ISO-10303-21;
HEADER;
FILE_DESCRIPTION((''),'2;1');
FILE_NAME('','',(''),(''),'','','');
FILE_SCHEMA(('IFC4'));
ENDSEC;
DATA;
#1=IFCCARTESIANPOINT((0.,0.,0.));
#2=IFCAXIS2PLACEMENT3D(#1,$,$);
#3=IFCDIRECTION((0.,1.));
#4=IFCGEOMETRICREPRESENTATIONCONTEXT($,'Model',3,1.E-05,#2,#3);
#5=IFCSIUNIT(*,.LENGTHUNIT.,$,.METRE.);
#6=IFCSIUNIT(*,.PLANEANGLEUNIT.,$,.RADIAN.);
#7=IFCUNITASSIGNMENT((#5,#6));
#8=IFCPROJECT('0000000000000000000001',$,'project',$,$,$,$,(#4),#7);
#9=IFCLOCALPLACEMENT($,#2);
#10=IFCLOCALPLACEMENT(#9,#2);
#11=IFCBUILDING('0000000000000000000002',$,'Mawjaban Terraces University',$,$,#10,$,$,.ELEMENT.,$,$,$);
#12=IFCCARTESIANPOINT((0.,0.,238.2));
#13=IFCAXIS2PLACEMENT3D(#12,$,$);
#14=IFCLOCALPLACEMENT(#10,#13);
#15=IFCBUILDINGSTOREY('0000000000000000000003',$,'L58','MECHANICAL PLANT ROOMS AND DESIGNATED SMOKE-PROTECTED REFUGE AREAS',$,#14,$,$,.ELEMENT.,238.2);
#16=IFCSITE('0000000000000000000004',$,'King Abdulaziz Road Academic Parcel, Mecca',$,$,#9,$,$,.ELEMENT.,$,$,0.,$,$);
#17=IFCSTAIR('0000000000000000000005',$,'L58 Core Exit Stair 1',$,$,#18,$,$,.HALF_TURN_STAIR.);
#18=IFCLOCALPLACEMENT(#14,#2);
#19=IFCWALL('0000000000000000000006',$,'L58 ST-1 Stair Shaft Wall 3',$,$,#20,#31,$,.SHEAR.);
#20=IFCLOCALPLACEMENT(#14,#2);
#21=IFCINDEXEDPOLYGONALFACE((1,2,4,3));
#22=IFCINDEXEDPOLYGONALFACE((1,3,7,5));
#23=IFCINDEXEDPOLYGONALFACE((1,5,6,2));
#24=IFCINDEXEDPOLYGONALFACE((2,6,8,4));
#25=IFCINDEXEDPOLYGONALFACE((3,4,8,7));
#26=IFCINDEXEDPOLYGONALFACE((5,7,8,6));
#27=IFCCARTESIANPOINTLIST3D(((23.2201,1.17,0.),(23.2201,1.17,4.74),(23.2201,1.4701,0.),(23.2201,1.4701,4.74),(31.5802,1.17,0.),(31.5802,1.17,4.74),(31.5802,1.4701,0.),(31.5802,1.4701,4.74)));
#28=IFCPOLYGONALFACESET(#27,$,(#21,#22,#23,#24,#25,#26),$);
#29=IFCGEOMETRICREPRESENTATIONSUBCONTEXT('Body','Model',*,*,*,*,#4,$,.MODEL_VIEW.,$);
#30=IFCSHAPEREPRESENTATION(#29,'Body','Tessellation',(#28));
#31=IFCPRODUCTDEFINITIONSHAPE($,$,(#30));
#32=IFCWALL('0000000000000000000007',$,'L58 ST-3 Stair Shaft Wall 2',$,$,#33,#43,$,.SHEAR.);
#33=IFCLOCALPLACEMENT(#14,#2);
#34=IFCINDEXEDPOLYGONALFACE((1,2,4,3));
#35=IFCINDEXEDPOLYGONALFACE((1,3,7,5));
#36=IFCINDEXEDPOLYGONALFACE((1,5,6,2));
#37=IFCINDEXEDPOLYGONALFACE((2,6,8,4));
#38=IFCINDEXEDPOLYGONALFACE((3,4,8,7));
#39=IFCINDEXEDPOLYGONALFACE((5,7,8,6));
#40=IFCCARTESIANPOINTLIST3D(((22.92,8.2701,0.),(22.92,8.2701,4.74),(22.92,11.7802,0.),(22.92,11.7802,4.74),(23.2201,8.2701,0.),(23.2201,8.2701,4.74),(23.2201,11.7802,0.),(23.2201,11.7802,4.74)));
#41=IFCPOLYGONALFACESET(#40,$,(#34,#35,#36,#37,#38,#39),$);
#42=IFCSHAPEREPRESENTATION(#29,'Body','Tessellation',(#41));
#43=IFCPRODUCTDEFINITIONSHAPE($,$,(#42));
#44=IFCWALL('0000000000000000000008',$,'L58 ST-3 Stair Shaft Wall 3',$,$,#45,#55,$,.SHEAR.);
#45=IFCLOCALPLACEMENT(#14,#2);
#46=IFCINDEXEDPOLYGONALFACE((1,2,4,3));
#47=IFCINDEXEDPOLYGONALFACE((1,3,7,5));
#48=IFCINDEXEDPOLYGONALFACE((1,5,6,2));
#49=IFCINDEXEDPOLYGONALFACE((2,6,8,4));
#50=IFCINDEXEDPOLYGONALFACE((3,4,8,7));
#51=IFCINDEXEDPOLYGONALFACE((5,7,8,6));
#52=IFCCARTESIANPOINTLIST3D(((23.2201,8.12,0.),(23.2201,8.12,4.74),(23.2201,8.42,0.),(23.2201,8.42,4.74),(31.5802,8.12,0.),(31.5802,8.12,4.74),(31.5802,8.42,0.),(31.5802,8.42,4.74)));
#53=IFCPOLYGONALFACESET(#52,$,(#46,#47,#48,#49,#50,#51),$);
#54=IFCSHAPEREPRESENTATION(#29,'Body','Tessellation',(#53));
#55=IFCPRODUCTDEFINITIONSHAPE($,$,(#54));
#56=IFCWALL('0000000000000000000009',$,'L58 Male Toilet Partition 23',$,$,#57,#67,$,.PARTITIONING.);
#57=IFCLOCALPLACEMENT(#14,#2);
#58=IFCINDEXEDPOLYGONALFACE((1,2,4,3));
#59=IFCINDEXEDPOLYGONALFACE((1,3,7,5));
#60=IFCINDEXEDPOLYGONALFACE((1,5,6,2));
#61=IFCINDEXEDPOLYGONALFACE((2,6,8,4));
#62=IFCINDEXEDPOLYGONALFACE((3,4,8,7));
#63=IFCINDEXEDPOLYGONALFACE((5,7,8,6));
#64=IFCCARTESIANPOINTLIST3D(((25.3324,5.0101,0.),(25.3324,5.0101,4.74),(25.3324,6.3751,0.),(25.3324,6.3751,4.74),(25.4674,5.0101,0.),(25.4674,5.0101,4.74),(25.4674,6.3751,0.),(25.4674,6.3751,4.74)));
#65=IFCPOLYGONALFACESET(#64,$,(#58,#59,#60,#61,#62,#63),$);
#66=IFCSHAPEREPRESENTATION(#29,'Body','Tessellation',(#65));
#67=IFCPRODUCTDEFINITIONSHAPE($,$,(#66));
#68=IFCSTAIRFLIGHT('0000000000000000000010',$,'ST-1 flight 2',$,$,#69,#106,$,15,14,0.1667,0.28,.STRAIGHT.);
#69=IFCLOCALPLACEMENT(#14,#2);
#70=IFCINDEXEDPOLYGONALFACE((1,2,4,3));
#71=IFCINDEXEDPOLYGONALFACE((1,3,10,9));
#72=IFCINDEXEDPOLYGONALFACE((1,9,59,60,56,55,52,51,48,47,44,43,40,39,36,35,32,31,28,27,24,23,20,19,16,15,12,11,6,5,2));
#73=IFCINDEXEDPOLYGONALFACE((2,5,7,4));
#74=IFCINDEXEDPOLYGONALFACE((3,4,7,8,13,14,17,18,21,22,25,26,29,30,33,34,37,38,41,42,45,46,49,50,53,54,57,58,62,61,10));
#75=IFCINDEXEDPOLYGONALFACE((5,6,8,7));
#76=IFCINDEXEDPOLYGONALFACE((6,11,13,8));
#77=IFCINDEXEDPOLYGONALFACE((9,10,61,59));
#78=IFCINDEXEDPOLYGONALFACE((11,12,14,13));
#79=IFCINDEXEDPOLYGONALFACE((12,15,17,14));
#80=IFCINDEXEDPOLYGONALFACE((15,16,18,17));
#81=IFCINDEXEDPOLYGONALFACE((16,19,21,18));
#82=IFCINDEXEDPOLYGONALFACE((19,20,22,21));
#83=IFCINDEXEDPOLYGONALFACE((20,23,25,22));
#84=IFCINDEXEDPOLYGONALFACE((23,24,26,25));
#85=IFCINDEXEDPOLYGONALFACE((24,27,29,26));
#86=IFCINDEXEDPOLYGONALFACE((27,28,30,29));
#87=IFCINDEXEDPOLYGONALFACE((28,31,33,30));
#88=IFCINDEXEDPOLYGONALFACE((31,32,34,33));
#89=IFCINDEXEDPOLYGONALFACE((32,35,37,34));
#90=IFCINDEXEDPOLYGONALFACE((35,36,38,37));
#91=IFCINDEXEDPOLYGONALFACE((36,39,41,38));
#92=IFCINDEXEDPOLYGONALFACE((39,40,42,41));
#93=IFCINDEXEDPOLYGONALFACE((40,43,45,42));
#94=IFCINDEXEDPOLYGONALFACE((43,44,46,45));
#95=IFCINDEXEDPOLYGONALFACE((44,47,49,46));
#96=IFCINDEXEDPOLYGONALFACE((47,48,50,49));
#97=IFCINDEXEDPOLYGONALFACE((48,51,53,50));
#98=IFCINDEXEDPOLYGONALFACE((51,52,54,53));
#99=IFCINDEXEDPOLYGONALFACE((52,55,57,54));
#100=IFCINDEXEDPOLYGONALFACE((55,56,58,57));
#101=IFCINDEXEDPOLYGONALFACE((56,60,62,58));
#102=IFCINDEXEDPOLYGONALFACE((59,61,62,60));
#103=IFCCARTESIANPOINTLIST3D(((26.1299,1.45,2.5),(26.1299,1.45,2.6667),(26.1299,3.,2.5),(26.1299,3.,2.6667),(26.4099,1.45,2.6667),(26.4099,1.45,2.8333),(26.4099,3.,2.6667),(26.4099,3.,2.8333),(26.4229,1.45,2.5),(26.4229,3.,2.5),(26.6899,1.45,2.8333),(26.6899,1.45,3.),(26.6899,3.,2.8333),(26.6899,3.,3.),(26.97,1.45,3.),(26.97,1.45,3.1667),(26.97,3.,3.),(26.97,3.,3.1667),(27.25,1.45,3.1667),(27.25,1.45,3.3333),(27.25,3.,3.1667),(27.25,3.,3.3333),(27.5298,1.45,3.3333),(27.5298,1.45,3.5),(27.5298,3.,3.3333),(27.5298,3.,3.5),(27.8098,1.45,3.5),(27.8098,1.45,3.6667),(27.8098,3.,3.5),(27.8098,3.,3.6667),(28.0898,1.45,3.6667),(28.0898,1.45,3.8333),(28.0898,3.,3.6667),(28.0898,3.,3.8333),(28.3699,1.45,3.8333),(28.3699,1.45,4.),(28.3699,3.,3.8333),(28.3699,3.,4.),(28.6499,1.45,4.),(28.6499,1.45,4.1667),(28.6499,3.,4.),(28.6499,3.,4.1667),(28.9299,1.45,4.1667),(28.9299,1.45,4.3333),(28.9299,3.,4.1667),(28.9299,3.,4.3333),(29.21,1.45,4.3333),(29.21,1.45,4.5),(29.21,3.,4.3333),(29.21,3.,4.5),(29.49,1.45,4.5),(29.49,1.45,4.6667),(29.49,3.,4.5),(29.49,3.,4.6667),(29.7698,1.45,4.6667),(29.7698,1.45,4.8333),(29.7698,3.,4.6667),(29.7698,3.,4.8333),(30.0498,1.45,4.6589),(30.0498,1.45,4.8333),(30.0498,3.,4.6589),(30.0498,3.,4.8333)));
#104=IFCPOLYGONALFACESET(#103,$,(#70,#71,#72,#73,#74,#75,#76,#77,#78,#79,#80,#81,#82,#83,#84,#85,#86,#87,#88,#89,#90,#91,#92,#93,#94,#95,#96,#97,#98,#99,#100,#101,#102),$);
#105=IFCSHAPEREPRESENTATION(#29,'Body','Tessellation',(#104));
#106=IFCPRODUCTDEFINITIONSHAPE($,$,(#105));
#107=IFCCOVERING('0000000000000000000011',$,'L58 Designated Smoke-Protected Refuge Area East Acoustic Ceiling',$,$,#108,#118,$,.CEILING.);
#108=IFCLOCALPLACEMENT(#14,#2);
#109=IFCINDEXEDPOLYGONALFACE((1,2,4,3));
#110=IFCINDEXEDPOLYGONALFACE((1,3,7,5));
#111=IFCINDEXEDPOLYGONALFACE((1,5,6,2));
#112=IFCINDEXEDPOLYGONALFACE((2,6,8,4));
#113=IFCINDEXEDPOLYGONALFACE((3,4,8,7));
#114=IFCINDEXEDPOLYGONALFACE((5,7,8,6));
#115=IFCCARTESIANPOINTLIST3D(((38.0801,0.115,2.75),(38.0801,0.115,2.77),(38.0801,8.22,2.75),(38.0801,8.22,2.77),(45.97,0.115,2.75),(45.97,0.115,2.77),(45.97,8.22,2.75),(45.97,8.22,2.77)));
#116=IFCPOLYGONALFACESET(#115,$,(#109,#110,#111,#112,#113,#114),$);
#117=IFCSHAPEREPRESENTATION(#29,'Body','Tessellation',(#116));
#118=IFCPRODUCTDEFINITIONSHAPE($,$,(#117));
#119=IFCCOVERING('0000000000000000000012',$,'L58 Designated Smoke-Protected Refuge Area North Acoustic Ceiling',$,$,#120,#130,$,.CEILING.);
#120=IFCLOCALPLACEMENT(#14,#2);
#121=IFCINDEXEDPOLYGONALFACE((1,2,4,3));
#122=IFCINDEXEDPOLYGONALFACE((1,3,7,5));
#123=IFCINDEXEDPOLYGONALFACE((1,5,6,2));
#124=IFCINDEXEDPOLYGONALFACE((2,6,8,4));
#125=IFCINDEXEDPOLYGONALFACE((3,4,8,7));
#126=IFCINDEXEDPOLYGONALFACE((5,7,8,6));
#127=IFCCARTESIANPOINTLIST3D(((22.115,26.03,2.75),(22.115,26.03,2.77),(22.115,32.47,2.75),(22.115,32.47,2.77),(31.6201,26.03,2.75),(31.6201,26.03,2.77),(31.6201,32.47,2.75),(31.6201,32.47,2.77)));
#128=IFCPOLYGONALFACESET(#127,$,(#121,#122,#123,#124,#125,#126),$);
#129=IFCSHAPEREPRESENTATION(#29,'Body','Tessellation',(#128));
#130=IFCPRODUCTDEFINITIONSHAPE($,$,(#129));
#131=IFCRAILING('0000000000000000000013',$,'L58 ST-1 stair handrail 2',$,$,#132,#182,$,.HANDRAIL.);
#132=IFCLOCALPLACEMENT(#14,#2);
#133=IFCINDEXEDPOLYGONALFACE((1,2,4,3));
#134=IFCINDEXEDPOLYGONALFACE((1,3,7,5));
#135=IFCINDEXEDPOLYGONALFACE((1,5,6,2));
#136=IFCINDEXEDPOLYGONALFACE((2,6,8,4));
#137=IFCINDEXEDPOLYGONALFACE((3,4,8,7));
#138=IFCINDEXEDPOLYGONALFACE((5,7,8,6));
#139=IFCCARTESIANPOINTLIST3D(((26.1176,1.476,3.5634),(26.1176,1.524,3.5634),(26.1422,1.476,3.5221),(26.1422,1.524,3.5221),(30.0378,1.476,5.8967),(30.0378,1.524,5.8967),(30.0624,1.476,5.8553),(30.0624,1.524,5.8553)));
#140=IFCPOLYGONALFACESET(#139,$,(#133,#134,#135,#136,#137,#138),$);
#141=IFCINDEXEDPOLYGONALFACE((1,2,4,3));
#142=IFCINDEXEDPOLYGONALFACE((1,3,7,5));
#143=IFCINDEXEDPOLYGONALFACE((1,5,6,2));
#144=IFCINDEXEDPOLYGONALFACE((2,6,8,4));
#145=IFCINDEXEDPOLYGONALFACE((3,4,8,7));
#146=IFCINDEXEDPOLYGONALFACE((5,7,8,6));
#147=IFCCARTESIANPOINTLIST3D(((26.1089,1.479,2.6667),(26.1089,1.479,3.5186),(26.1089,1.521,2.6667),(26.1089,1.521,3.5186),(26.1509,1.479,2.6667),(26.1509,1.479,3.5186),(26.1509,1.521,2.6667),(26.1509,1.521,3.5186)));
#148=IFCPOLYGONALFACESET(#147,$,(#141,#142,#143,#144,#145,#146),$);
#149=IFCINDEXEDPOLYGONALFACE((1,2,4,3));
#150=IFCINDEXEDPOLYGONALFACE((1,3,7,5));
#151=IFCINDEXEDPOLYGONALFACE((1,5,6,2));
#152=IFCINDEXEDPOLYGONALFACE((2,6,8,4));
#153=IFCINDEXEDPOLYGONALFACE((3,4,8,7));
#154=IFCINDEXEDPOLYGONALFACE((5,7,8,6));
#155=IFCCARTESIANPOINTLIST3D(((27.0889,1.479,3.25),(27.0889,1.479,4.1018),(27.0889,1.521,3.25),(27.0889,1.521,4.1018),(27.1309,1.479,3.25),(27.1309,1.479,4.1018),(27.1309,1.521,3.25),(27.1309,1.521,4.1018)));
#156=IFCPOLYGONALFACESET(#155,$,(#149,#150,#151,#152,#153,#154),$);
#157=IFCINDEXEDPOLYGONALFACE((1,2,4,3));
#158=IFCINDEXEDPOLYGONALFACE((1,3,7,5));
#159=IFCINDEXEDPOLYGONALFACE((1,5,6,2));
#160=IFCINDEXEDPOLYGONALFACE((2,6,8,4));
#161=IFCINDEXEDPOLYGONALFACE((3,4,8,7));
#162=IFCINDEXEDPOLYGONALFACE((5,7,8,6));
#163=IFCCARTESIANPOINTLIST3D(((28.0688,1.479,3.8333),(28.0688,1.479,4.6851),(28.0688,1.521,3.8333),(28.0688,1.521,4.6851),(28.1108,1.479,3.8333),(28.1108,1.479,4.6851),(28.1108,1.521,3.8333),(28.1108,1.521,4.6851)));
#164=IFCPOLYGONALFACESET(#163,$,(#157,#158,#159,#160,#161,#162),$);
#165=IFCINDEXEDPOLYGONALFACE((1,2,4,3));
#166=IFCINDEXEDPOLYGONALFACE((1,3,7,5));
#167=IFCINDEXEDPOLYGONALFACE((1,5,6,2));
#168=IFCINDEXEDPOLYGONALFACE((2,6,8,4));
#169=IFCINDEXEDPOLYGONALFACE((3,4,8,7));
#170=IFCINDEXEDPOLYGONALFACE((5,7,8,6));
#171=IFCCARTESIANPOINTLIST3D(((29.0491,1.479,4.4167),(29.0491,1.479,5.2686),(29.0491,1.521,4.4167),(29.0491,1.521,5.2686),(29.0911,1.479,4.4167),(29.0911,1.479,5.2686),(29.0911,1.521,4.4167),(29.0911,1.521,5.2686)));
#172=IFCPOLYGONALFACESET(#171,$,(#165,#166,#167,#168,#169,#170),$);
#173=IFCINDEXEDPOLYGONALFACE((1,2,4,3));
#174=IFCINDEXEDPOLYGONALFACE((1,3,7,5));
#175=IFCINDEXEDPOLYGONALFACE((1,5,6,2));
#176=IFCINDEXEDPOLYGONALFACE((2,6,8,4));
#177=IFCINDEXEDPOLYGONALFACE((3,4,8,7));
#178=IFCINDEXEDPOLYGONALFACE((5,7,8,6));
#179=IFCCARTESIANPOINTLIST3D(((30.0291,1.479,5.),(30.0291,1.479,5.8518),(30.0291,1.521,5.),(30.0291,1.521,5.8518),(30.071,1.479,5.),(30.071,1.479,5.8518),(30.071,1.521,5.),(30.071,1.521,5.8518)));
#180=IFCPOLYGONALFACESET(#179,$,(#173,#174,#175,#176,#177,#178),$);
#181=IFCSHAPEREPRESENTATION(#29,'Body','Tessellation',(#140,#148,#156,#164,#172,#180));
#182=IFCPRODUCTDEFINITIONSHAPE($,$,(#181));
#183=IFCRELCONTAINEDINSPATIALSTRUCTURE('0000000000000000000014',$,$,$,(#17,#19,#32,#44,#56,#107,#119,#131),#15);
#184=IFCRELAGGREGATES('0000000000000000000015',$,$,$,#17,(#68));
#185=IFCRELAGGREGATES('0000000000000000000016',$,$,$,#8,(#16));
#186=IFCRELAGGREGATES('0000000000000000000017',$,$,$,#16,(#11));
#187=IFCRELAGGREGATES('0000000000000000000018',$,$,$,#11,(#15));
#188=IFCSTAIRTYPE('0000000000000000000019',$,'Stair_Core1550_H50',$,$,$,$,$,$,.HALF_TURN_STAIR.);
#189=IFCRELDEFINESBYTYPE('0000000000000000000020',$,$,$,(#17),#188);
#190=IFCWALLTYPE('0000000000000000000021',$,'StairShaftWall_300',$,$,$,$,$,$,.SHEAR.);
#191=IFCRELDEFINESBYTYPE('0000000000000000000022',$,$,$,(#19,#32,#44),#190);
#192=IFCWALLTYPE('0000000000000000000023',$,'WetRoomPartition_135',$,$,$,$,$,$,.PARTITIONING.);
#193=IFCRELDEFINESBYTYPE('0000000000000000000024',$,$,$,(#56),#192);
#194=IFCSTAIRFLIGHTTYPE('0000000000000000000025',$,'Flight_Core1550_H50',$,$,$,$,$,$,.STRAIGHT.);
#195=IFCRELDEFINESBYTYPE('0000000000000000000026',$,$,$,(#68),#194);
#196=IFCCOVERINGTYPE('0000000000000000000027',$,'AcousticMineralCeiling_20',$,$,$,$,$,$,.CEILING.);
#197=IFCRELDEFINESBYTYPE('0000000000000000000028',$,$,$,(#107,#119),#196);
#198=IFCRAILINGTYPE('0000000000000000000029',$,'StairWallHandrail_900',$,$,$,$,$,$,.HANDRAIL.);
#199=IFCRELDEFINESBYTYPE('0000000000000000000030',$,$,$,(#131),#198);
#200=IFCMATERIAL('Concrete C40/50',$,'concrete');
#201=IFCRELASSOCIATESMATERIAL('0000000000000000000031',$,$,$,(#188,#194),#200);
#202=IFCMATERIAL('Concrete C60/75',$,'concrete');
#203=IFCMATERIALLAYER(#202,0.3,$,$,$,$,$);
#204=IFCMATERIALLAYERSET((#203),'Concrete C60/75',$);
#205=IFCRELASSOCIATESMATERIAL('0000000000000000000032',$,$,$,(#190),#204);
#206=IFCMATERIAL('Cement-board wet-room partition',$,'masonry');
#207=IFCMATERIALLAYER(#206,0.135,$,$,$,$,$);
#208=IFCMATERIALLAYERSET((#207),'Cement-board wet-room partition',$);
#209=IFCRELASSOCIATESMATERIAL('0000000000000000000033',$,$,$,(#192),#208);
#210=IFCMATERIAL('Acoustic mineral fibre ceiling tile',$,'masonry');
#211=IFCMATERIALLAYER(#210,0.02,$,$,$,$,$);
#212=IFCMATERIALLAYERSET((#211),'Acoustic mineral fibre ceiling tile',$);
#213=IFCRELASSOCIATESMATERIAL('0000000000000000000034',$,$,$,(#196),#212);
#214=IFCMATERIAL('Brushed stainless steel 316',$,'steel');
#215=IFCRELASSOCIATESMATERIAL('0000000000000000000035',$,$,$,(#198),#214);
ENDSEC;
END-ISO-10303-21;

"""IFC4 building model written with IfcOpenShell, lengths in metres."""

from ifc_helpers import new_model, si_unit, direction, frame, frame_2d, origin, origin_2d, place, context, subcontext, project, spatial, polyline, rectangle, outline, extrude, material, layer, layer_set, type_object, element, aggregate, save


model = new_model("IFC4")

# Units and contexts
model_context = context("Model", 3, precision=1e-05, world=origin(), true_north=direction((0.0, 1.0)))
body_context = subcontext(model_context, "Body", "Model", "MODEL_VIEW")
ifc_project = project(units=[si_unit("LENGTHUNIT", "METRE"), si_unit("PLANEANGLEUNIT", "RADIAN")], contexts=[model_context])

# Site, building, storey
site_placement = place(None, origin())
site = spatial("IfcSite", under=ifc_project, at=site_placement, Name="King Abdulaziz Road Academic Parcel, Mecca", CompositionType="ELEMENT", RefElevation=0.0)
building_placement = place(site_placement, origin())
building = spatial("IfcBuilding", under=site, at=building_placement, Name="Mawjaban Terraces University", CompositionType="ELEMENT")
storey_placement = place(building_placement, frame((0.0, 0.0, 238.2)))
storey = spatial("IfcBuildingStorey", under=building, at=storey_placement, Name="L58", Description="MECHANICAL PLANT ROOMS AND DESIGNATED SMOKE-PROTECTED REFUGE AREAS", CompositionType="ELEMENT", Elevation=238.2)

# Shared definitions
ifc_material_1 = material(Name="Concrete C60/75", Category="concrete")

# Shared definitions
ifc_material_2 = material(Name="Concrete C40/50", Category="concrete")

# Stair
stair_type = type_object("IfcStairType", Name="Stair_Core1550_H50", PredefinedType="HALF_TURN_STAIR", material=ifc_material_2)
stair_1_placement = place(storey_placement, origin())
stair_1 = element("IfcStair", 1, at=stair_1_placement, inside=storey, type_object=stair_type, Name="L58 Core Exit Stair 1", PredefinedType="HALF_TURN_STAIR")

# Walls
ifc_layer_1 = layer(ifc_material_1, 0.3)
ifc_layer_set_1 = layer_set([ifc_layer_1], Name="Concrete C60/75")
wall_type_1 = type_object("IfcWallType", Name="StairShaftWall_300", PredefinedType="SHEAR", material=ifc_layer_set_1)
wall_1_placement = place(storey_placement, frame((23.22, 1.3201, 0.0), z_axis=(0.0, 0.0, 1.0), x_axis=(1.0, 0.0, 0.0)))
element("IfcWall", 2, at=wall_1_placement, inside=storey, type_object=wall_type_1, Name="L58 ST-1 Stair Shaft Wall 3", PredefinedType="SHEAR", context=body_context, shape_type="SweptSolid", body=[
    extrude(rectangle(XDim=8.3601, YDim=0.3, at=frame_2d((4.1802, 0.0))), origin(), (0.0, 0.0, 1.0), 4.74),
])
wall_2_placement = place(storey_placement, frame((23.0701, 11.78, 0.0), z_axis=(0.0, 0.0, 1.0), x_axis=(0.0, -1.0, 0.0)))
element("IfcWall", 3, at=wall_2_placement, inside=storey, type_object=wall_type_1, Name="L58 ST-3 Stair Shaft Wall 2", PredefinedType="SHEAR", context=body_context, shape_type="SweptSolid", body=[
    extrude(rectangle(XDim=3.51, YDim=0.3, at=frame_2d((1.7549, 0.0))), origin(), (0.0, 0.0, 1.0), 4.74),
])
wall_3_placement = place(storey_placement, frame((23.22, 8.27, 0.0), z_axis=(0.0, 0.0, 1.0), x_axis=(1.0, 0.0, 0.0)))
element("IfcWall", 4, at=wall_3_placement, inside=storey, type_object=wall_type_1, Name="L58 ST-3 Stair Shaft Wall 3", PredefinedType="SHEAR", context=body_context, shape_type="SweptSolid", body=[
    extrude(rectangle(XDim=8.3601, YDim=0.3, at=frame_2d((4.1802, 0.0))), origin(), (0.0, 0.0, 1.0), 4.74),
])
ifc_material_3 = material(Name="Cement-board wet-room partition", Category="masonry")
ifc_layer_2 = layer(ifc_material_3, 0.135)
ifc_layer_set_2 = layer_set([ifc_layer_2], Name="Cement-board wet-room partition")
wall_type_2 = type_object("IfcWallType", Name="WetRoomPartition_135", PredefinedType="PARTITIONING", material=ifc_layer_set_2)
wall_4_placement = place(storey_placement, frame((25.3999, 5.01, 0.0), z_axis=(0.0, 0.0, 1.0), x_axis=(0.0, 1.0, 0.0)))
element("IfcWall", 5, at=wall_4_placement, inside=storey, type_object=wall_type_2, Name="L58 Male Toilet Partition 23", PredefinedType="PARTITIONING", context=body_context, shape_type="SweptSolid", body=[
    extrude(rectangle(XDim=1.365, YDim=0.135, at=frame_2d((0.6826, 0.0))), origin(), (0.0, 0.0, 1.0), 4.74),
])

# Stair flight
stair_flight_type = type_object("IfcStairFlightType", Name="Flight_Core1550_H50", PredefinedType="STRAIGHT", material=ifc_material_2)
stair_flight_placement = place(storey_placement, frame((26.1299, 2.2251, 2.5), z_axis=(0.0, 0.0, 1.0), x_axis=(1.0, 0.0, 0.0)))
stair_flight = element("IfcStairFlight", 6, at=stair_flight_placement, type_object=stair_flight_type, Name="ST-1 flight 2", NumberOfRisers=15, NumberOfTreads=14, PredefinedType="STRAIGHT", RiserHeight=0.1667, TreadLength=0.28, context=body_context, shape_type="SweptSolid", body=[
    extrude(outline(polyline([(0.0, 0.0), (0.0, 0.1667), (0.28, 0.1667), (0.28, 0.3333), (0.5601, 0.3333), (0.5601, 0.5), (0.8401, 0.5), (0.8401, 0.6667), (1.1201, 0.6667), (1.1201, 0.8333), (1.3999, 0.8333), (1.3999, 1.0), (1.6799, 1.0), (1.6799, 1.1667), (1.96, 1.1667), (1.96, 1.3333), (2.24, 1.3333), (2.24, 1.5), (2.52, 1.5), (2.52, 1.6667), (2.8, 1.6667), (2.8, 1.8333), (3.0801, 1.8333), (3.0801, 2.0), (3.3601, 2.0), (3.3601, 2.1667), (3.6399, 2.1667), (3.6399, 2.3333), (3.9199, 2.3333), (3.9199, 2.5), (3.9199, 2.1589), (0.293, 0.0), (0.0, 0.0)])), frame((0.0, 0.7749, 0.0), z_axis=(0.0, -1.0, 0.0), x_axis=(1.0, 0.0, 0.0)), (0.0, 0.0, 1.0), 1.55),
])
aggregate(stair_1, [stair_flight])

# Coverings
ifc_material_4 = material(Name="Acoustic mineral fibre ceiling tile", Category="masonry")
ifc_layer_3 = layer(ifc_material_4, 0.02)
ifc_layer_set_3 = layer_set([ifc_layer_3], Name="Acoustic mineral fibre ceiling tile")
covering_type = type_object("IfcCoveringType", Name="AcousticMineralCeiling_20", PredefinedType="CEILING", material=ifc_layer_set_3)
covering_1_placement = place(storey_placement, frame((0.0, 0.0, 2.75)))
element("IfcCovering", 7, at=covering_1_placement, inside=storey, type_object=covering_type, Name="L58 Designated Smoke-Protected Refuge Area East Acoustic Ceiling", PredefinedType="CEILING", context=body_context, shape_type="SweptSolid", body=[
    extrude(outline(polyline([(38.0801, 0.115), (45.97, 0.115), (45.97, 8.22), (38.0801, 8.22), (38.0801, 0.115)])), origin(), (0.0, 0.0, 1.0), 0.02),
])
covering_2_placement = place(storey_placement, frame((0.0, 0.0, 2.75)))
element("IfcCovering", 8, at=covering_2_placement, inside=storey, type_object=covering_type, Name="L58 Designated Smoke-Protected Refuge Area North Acoustic Ceiling", PredefinedType="CEILING", context=body_context, shape_type="SweptSolid", body=[
    extrude(outline(polyline([(22.115, 26.03), (31.6201, 26.03), (31.6201, 32.47), (22.115, 32.47), (22.115, 26.03)])), origin(), (0.0, 0.0, 1.0), 0.02),
])

# Railing
ifc_material_5 = material(Name="Brushed stainless steel 316", Category="steel")
railing_type_1 = type_object("IfcRailingType", Name="StairWallHandrail_900", PredefinedType="HANDRAIL", material=ifc_material_5)
railing_1_placement = place(storey_placement, frame((26.1299, 1.5, 2.6667)))
element("IfcRailing", 9, at=railing_1_placement, inside=storey, type_object=railing_type_1, Name="L58 ST-1 stair handrail 2", PredefinedType="HANDRAIL", context=body_context, shape_type="SweptSolid", body=[
    extrude(rectangle(XDim=0.0481, YDim=0.0481, at=origin_2d()), frame((0.0, 0.0, 0.876), z_axis=(0.85931, 0.0, 0.511455), x_axis=(0.0, 1.0, 0.0)), (0.0, 0.0, 1.0), 4.562),
    extrude(rectangle(XDim=0.042, YDim=0.042, at=origin_2d()), origin(), (0.0, 0.0, 1.0), 0.8518),
    extrude(rectangle(XDim=0.042, YDim=0.042, at=origin_2d()), frame((0.98, 0.0, 0.5833)), (0.0, 0.0, 1.0), 0.8518),
    extrude(rectangle(XDim=0.042, YDim=0.042, at=origin_2d()), frame((1.96, 0.0, 1.1665)), (0.0, 0.0, 1.0), 0.8518),
    extrude(rectangle(XDim=0.042, YDim=0.042, at=origin_2d()), frame((2.9402, 0.0, 1.75)), (0.0, 0.0, 1.0), 0.8518),
    extrude(rectangle(XDim=0.042, YDim=0.042, at=origin_2d()), frame((3.9202, 0.0, 2.3333)), (0.0, 0.0, 1.0), 0.8518),
])

save(model, "model.ifc")
